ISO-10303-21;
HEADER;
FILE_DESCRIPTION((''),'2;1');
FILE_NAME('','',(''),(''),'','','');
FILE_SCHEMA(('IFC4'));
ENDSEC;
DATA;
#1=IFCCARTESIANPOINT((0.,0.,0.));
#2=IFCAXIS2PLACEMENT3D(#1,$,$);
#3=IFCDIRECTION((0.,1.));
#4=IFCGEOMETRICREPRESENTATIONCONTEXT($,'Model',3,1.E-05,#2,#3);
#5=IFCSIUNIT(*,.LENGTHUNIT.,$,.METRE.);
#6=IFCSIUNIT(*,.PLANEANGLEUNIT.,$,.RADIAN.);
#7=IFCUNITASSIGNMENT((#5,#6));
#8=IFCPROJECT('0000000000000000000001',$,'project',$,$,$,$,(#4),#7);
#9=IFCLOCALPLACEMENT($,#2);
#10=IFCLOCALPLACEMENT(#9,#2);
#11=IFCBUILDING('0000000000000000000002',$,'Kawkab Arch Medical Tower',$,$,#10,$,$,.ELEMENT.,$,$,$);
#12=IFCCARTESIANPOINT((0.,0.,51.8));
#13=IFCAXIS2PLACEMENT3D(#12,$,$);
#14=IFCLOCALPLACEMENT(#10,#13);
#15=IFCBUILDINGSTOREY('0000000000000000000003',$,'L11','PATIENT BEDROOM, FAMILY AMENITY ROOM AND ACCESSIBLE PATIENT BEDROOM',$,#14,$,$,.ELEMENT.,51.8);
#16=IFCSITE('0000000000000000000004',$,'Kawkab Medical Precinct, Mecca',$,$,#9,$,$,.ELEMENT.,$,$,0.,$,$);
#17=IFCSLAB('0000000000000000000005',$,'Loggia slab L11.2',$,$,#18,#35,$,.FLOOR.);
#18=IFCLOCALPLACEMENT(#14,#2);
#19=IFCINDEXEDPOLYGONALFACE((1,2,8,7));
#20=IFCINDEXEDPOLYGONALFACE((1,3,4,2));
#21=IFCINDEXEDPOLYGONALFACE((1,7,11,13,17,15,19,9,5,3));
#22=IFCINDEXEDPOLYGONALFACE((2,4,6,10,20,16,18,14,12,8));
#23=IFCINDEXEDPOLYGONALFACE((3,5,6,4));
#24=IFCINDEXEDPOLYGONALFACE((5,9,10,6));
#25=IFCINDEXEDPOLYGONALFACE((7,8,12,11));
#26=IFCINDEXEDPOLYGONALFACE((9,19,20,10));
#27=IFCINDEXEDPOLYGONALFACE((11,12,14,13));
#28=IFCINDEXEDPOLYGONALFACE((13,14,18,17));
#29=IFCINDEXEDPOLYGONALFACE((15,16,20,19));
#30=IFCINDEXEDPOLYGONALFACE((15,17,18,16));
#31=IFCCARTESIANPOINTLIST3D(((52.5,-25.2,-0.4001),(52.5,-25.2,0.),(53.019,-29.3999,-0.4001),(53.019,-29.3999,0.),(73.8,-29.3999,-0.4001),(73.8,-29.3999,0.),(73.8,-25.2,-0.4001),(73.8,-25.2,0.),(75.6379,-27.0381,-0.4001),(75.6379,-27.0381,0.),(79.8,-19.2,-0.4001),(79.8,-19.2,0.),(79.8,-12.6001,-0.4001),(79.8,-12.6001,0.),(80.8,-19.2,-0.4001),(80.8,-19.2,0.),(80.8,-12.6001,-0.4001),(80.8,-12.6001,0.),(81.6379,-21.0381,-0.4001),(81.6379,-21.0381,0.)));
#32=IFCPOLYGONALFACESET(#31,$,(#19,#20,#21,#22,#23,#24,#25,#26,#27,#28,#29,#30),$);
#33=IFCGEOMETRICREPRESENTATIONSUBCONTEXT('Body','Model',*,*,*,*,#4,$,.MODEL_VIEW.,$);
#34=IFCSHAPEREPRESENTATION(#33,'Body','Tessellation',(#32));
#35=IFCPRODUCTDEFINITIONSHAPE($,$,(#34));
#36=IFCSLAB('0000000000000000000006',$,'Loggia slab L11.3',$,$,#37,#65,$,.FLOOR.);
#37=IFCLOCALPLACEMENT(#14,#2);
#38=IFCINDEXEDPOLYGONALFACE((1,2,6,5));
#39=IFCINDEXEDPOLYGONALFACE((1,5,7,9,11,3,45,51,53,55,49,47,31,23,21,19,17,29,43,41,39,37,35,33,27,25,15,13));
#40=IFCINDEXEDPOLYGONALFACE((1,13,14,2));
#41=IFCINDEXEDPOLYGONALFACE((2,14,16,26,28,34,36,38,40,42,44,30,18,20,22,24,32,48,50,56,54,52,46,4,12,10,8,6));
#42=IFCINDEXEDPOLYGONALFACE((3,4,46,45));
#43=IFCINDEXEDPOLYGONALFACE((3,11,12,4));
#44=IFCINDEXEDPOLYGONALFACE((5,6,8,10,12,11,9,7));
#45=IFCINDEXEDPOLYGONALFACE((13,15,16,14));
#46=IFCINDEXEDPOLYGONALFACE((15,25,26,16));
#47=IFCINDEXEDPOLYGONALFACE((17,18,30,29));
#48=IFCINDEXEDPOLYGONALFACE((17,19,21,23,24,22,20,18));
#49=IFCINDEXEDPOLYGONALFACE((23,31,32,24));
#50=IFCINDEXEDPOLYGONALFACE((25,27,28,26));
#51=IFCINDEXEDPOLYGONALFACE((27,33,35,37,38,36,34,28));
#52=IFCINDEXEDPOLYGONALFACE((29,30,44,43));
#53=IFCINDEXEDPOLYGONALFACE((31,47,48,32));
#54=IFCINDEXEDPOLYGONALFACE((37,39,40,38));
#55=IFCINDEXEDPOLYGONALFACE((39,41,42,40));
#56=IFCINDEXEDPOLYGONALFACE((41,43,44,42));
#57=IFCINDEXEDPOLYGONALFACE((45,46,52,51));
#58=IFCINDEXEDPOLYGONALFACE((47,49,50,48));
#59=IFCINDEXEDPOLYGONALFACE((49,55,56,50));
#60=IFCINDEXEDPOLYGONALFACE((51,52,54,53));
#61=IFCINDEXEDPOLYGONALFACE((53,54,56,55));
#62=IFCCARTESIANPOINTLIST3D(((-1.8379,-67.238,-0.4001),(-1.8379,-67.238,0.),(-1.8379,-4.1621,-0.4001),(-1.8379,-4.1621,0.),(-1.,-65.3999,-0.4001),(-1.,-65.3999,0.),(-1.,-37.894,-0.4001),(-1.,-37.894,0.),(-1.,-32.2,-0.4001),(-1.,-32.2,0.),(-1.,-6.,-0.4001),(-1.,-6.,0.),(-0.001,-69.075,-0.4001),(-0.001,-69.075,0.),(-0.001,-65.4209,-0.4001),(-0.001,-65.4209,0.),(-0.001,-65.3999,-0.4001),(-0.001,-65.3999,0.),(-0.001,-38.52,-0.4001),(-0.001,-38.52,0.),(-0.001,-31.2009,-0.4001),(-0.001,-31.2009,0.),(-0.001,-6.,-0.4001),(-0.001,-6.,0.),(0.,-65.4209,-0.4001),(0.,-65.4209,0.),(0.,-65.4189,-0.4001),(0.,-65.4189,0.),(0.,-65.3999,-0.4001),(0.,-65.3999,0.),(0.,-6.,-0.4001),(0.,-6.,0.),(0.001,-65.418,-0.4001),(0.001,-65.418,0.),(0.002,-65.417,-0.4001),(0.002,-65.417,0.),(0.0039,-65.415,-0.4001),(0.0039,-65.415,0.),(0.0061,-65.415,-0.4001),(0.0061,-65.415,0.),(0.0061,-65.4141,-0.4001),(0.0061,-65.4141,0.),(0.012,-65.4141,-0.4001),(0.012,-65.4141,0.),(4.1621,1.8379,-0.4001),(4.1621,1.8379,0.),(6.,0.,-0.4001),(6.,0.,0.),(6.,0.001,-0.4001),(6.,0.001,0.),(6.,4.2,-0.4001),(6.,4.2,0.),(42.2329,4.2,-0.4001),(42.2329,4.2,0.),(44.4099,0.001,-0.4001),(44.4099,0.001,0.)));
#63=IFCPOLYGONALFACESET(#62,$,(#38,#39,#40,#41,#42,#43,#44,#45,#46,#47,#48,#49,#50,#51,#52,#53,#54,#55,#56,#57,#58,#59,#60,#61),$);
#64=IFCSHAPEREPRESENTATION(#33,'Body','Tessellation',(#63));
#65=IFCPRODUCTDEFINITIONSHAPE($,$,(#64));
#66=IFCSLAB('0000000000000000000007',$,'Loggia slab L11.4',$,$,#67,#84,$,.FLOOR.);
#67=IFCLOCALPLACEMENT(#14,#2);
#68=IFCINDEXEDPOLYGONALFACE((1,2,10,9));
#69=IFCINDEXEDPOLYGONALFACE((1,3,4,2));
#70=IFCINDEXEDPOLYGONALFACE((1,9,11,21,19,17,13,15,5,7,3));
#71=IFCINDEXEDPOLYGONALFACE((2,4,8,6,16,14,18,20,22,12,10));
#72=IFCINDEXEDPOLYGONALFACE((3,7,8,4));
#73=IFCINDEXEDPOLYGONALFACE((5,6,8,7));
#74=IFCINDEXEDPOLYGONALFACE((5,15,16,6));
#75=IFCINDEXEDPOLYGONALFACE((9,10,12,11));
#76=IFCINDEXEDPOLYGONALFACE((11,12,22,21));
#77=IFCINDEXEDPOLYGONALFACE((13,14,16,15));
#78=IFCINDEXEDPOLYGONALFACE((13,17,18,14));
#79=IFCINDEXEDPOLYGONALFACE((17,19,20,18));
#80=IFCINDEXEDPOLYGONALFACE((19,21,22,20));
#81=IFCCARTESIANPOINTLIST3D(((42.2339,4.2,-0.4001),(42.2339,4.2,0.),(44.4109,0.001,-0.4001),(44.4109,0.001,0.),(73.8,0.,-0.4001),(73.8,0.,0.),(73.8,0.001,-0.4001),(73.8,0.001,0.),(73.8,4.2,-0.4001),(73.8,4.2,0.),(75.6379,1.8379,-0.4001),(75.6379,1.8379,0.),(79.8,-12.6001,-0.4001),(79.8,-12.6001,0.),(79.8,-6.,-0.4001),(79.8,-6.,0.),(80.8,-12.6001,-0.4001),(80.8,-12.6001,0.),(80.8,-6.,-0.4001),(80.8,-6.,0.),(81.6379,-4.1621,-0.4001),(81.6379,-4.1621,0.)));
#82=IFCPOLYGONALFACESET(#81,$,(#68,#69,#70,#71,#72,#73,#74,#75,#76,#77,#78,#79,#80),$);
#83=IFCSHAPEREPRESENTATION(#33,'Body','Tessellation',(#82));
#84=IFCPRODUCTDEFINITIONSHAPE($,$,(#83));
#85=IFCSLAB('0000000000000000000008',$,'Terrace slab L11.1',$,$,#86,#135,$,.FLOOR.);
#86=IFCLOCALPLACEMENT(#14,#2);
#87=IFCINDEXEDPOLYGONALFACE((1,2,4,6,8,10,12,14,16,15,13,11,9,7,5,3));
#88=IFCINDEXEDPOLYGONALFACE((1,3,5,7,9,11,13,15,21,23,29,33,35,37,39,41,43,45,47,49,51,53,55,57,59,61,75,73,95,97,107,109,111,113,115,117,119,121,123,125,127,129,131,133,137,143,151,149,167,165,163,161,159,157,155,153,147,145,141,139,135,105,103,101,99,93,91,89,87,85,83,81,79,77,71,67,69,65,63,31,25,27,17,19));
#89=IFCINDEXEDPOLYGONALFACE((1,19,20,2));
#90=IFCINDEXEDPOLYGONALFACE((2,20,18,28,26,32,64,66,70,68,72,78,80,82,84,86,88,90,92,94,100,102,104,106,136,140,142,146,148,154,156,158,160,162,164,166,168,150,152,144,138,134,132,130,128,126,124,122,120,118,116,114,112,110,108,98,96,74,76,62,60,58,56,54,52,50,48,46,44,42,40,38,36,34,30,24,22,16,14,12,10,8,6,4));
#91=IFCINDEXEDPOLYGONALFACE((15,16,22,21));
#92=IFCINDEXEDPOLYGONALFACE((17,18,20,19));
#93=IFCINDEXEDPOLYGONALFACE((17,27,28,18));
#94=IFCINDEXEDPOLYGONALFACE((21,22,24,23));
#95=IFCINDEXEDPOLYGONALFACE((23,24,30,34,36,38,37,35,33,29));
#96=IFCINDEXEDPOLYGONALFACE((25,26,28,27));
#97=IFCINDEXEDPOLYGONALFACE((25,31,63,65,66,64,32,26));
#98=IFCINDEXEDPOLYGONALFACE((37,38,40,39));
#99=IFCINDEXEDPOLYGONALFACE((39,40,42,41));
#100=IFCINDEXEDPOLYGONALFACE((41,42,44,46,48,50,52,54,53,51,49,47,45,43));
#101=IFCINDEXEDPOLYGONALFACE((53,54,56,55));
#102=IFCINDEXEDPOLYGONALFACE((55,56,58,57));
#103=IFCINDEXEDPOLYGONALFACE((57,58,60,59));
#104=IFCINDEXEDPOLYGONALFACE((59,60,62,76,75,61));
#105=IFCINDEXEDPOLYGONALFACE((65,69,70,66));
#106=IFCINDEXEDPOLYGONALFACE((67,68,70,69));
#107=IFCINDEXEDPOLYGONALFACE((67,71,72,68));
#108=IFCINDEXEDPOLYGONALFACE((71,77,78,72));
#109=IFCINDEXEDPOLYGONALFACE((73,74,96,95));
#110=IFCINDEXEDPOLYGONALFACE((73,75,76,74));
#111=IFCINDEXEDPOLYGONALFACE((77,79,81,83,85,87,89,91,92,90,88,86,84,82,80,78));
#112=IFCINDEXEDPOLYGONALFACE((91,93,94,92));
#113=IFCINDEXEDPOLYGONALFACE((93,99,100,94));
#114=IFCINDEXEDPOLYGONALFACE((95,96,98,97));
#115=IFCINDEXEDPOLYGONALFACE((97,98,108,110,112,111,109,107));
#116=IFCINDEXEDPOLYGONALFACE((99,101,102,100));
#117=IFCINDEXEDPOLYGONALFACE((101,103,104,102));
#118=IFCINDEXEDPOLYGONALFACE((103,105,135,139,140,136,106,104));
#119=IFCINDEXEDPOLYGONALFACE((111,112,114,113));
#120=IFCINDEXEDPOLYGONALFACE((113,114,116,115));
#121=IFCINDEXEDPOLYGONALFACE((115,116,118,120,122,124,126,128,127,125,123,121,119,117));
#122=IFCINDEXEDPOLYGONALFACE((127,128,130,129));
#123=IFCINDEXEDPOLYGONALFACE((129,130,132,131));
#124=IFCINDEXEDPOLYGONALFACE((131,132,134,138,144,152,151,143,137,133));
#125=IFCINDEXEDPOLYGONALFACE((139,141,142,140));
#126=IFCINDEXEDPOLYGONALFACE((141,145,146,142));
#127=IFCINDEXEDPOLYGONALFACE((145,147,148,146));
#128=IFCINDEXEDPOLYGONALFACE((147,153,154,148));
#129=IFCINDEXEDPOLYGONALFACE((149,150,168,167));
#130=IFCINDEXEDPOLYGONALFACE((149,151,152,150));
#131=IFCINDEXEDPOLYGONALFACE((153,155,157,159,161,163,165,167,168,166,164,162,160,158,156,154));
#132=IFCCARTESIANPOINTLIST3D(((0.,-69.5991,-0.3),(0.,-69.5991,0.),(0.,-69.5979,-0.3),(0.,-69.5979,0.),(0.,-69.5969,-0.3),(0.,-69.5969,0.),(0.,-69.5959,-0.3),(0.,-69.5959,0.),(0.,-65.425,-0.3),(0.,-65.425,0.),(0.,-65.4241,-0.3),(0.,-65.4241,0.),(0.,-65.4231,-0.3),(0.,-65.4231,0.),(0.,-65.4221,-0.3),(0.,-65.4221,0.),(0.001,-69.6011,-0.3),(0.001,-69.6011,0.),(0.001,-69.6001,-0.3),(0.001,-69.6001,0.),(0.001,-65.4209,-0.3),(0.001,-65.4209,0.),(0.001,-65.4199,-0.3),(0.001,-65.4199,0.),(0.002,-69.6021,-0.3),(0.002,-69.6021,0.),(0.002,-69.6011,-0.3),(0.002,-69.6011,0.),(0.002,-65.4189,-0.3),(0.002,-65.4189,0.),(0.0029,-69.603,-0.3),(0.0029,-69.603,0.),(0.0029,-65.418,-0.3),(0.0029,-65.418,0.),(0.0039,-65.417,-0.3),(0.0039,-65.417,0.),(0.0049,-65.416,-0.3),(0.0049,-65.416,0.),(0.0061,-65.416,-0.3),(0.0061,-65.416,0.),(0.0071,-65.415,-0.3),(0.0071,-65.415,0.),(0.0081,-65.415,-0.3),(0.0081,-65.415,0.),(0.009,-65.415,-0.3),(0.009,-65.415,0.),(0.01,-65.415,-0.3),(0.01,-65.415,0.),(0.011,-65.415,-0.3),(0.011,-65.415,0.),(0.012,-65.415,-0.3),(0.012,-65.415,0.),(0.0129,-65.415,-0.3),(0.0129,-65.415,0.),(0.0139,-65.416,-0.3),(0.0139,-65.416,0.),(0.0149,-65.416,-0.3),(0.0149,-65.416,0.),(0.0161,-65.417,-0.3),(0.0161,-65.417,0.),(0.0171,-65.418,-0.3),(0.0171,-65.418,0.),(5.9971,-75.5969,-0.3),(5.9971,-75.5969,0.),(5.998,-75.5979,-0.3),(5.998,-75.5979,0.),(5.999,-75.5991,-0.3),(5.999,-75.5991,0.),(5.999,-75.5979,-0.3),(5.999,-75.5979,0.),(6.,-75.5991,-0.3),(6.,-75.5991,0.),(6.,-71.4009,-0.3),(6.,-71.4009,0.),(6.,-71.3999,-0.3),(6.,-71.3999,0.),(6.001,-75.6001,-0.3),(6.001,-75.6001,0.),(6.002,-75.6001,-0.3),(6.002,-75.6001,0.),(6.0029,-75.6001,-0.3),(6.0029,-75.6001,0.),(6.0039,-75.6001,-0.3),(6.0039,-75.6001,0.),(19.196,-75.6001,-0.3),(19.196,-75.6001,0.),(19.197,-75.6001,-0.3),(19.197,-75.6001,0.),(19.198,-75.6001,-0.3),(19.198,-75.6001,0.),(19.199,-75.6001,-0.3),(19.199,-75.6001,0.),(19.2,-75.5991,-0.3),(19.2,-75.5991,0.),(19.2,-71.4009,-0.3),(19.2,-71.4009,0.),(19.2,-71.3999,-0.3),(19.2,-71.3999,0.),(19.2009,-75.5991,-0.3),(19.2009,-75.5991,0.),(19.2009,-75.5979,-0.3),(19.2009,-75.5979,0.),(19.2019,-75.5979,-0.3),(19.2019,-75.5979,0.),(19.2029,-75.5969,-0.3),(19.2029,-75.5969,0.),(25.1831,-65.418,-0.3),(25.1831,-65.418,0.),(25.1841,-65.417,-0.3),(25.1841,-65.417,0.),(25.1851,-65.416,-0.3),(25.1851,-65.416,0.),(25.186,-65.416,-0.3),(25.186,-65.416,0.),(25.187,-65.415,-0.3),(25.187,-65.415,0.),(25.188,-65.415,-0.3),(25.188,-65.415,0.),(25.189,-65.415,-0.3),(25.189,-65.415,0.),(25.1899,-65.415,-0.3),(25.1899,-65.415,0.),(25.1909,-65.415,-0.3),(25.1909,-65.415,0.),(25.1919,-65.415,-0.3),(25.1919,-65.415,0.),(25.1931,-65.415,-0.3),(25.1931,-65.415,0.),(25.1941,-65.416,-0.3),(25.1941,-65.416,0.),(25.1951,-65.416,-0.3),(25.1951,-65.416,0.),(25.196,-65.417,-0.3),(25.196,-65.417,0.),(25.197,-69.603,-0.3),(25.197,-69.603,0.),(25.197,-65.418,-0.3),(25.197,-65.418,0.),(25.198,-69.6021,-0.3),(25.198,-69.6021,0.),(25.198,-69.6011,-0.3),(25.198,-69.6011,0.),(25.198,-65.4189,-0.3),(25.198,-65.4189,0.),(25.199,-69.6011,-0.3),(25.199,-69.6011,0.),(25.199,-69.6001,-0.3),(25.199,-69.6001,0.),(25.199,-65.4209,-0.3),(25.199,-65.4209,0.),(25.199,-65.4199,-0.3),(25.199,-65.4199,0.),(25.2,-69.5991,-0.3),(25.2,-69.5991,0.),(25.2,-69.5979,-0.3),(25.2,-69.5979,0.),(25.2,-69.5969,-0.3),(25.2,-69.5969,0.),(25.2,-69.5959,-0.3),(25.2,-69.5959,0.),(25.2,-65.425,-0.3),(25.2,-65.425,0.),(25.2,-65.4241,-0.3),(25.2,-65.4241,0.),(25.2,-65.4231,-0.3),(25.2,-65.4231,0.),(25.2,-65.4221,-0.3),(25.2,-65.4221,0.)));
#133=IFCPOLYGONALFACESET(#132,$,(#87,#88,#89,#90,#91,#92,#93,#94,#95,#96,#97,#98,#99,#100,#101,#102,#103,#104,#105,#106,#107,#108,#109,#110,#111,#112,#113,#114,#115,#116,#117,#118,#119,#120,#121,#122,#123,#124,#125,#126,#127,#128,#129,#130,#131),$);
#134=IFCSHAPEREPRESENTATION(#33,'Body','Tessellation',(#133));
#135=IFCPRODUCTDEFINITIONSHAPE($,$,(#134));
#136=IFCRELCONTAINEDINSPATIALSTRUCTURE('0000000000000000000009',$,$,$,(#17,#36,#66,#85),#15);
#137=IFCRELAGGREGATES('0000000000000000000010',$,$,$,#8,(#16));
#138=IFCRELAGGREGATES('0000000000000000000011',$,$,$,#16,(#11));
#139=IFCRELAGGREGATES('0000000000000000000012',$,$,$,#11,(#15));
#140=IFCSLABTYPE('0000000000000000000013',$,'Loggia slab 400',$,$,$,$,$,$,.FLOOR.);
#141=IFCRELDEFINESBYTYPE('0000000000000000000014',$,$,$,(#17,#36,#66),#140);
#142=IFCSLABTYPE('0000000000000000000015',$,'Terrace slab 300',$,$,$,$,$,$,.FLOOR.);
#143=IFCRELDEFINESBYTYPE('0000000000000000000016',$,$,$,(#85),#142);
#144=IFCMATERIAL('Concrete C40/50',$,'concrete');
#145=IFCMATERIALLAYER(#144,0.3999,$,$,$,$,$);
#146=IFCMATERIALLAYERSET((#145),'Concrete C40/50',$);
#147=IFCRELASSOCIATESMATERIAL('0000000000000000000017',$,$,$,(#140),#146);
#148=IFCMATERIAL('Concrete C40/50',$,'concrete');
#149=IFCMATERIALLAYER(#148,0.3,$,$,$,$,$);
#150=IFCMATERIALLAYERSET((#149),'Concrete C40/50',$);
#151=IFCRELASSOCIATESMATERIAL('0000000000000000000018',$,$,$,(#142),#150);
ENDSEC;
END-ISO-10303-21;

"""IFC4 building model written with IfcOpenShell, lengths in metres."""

from ifc_helpers import new_model, si_unit, direction, frame, origin, place, context, subcontext, project, spatial, polyline, outline, extrude, material, layer, layer_set, type_object, element, save


model = new_model("IFC4")

# Units and contexts
model_context = context("Model", 3, precision=1e-05, world=origin(), true_north=direction((0.0, 1.0)))
body_context = subcontext(model_context, "Body", "Model", "MODEL_VIEW")
ifc_project = project(units=[si_unit("LENGTHUNIT", "METRE"), si_unit("PLANEANGLEUNIT", "RADIAN")], contexts=[model_context])

# Site, building, storey
site_placement = place(None, origin())
site = spatial("IfcSite", under=ifc_project, at=site_placement, Name="Kawkab Medical Precinct, Mecca", CompositionType="ELEMENT", RefElevation=0.0)
building_placement = place(site_placement, origin())
building = spatial("IfcBuilding", under=site, at=building_placement, Name="Kawkab Arch Medical Tower", CompositionType="ELEMENT")
storey_placement = place(building_placement, frame((0.0, 0.0, 51.8)))
storey = spatial("IfcBuildingStorey", under=building, at=storey_placement, Name="L11", Description="PATIENT BEDROOM, FAMILY AMENITY ROOM AND ACCESSIBLE PATIENT BEDROOM", CompositionType="ELEMENT", Elevation=51.8)

# Slabs
ifc_material_1 = material(Name="Concrete C40/50", Category="concrete")
ifc_layer_1 = layer(ifc_material_1, 0.3999)
ifc_layer_set_1 = layer_set([ifc_layer_1], Name="Concrete C40/50")
slab_type_1 = type_object("IfcSlabType", Name="Loggia slab 400", PredefinedType="FLOOR", material=ifc_layer_set_1)
placement_1 = place(storey_placement, frame((0.0, 0.0, -0.4001)))
element("IfcSlab", 1, at=placement_1, inside=storey, type_object=slab_type_1, Name="Loggia slab L11.2", PredefinedType="FLOOR", context=body_context, shape_type="SweptSolid", body=[
    extrude(outline(polyline([(79.8, -19.2), (79.8, -12.6001), (80.8, -12.6001), (80.8, -19.2), (81.6379, -21.0381), (75.6379, -27.0381), (73.8, -29.3999), (53.019, -29.3999), (52.5, -25.2), (73.8, -25.2), (79.8, -19.2)])), origin(), (0.0, 0.0, 1.0), 0.4001),
])
element("IfcSlab", 2, at=placement_1, inside=storey, type_object=slab_type_1, Name="Loggia slab L11.3", PredefinedType="FLOOR", context=body_context, shape_type="SweptSolid", body=[
    extrude(outline(polyline([(4.1621, 1.8379), (6.0, 4.2), (42.2329, 4.2), (44.4099, 0.001), (6.0, 0.001), (6.0, 0.0), (0.0, -6.0), (-0.001, -6.0), (-0.001, -31.2009), (-0.001, -38.52), (-0.001, -65.3999), (0.0, -65.3999), (0.012, -65.4141), (0.0061, -65.4141), (0.0061, -65.415), (0.0039, -65.415), (0.002, -65.417), (0.001, -65.418), (0.0, -65.4189), (0.0, -65.4209), (-0.001, -65.4209), (-0.001, -69.075), (-1.8379, -67.238), (-1.0, -65.3999), (-1.0, -37.894), (-1.0, -32.2), (-1.0, -6.0), (-1.8379, -4.1621), (4.1621, 1.8379)])), origin(), (0.0, 0.0, 1.0), 0.4001),
])
element("IfcSlab", 3, at=placement_1, inside=storey, type_object=slab_type_1, Name="Loggia slab L11.4", PredefinedType="FLOOR", context=body_context, shape_type="SweptSolid", body=[
    extrude(outline(polyline([(73.8, 0.0), (73.8, 0.001), (44.4109, 0.001), (42.2339, 4.2), (73.8, 4.2), (75.6379, 1.8379), (81.6379, -4.1621), (80.8, -6.0), (80.8, -12.6001), (79.8, -12.6001), (79.8, -6.0), (73.8, 0.0)])), origin(), (0.0, 0.0, 1.0), 0.4001),
])
ifc_material_2 = material(Name="Concrete C40/50", Category="concrete")
ifc_layer_2 = layer(ifc_material_2, 0.3)
ifc_layer_set_2 = layer_set([ifc_layer_2], Name="Concrete C40/50")
slab_type_2 = type_object("IfcSlabType", Name="Terrace slab 300", PredefinedType="FLOOR", material=ifc_layer_set_2)
slab_1_placement = place(storey_placement, frame((0.0, 0.0, -0.3)))
element("IfcSlab", 4, at=slab_1_placement, inside=storey, type_object=slab_type_2, Name="Terrace slab L11.1", PredefinedType="FLOOR", context=body_context, shape_type="SweptSolid", body=[
    extrude(outline(polyline([(25.2, -69.5959), (25.2, -65.425), (25.2, -65.4241), (25.2, -65.4231), (25.2, -65.4221), (25.199, -65.4209), (25.199, -65.4199), (25.198, -65.4189), (25.197, -65.418), (25.196, -65.417), (25.1951, -65.416), (25.1941, -65.416), (25.1931, -65.415), (25.1919, -65.415), (25.1909, -65.415), (25.1899, -65.415), (25.189, -65.415), (25.188, -65.415), (25.187, -65.415), (25.186, -65.416), (25.1851, -65.416), (25.1841, -65.417), (25.1831, -65.418), (19.2, -71.3999), (19.2, -71.4009), (6.0, -71.4009), (6.0, -71.3999), (0.0171, -65.418), (0.0161, -65.417), (0.0149, -65.416), (0.0139, -65.416), (0.0129, -65.415), (0.012, -65.415), (0.011, -65.415), (0.01, -65.415), (0.009, -65.415), (0.0081, -65.415), (0.0071, -65.415), (0.0061, -65.416), (0.0049, -65.416), (0.0039, -65.417), (0.0029, -65.418), (0.002, -65.4189), (0.001, -65.4199), (0.001, -65.4209), (0.0, -65.4221), (0.0, -65.4231), (0.0, -65.4241), (0.0, -65.425), (0.0, -69.5959), (0.0, -69.5969), (0.0, -69.5979), (0.0, -69.5991), (0.001, -69.6001), (0.001, -69.6011), (0.002, -69.6011), (0.002, -69.6021), (0.0029, -69.603), (5.9971, -75.5969), (5.998, -75.5979), (5.999, -75.5979), (5.999, -75.5991), (6.0, -75.5991), (6.001, -75.6001), (6.002, -75.6001), (6.0029, -75.6001), (6.0039, -75.6001), (19.196, -75.6001), (19.197, -75.6001), (19.198, -75.6001), (19.199, -75.6001), (19.2, -75.5991), (19.2009, -75.5991), (19.2009, -75.5979), (19.2019, -75.5979), (19.2029, -75.5969), (25.197, -69.603), (25.198, -69.6021), (25.198, -69.6011), (25.199, -69.6011), (25.199, -69.6001), (25.2, -69.5991), (25.2, -69.5979), (25.2, -69.5969), (25.2, -69.5959)])), origin(), (0.0, 0.0, 1.0), 0.3),
])

save(model, "model.ifc")
